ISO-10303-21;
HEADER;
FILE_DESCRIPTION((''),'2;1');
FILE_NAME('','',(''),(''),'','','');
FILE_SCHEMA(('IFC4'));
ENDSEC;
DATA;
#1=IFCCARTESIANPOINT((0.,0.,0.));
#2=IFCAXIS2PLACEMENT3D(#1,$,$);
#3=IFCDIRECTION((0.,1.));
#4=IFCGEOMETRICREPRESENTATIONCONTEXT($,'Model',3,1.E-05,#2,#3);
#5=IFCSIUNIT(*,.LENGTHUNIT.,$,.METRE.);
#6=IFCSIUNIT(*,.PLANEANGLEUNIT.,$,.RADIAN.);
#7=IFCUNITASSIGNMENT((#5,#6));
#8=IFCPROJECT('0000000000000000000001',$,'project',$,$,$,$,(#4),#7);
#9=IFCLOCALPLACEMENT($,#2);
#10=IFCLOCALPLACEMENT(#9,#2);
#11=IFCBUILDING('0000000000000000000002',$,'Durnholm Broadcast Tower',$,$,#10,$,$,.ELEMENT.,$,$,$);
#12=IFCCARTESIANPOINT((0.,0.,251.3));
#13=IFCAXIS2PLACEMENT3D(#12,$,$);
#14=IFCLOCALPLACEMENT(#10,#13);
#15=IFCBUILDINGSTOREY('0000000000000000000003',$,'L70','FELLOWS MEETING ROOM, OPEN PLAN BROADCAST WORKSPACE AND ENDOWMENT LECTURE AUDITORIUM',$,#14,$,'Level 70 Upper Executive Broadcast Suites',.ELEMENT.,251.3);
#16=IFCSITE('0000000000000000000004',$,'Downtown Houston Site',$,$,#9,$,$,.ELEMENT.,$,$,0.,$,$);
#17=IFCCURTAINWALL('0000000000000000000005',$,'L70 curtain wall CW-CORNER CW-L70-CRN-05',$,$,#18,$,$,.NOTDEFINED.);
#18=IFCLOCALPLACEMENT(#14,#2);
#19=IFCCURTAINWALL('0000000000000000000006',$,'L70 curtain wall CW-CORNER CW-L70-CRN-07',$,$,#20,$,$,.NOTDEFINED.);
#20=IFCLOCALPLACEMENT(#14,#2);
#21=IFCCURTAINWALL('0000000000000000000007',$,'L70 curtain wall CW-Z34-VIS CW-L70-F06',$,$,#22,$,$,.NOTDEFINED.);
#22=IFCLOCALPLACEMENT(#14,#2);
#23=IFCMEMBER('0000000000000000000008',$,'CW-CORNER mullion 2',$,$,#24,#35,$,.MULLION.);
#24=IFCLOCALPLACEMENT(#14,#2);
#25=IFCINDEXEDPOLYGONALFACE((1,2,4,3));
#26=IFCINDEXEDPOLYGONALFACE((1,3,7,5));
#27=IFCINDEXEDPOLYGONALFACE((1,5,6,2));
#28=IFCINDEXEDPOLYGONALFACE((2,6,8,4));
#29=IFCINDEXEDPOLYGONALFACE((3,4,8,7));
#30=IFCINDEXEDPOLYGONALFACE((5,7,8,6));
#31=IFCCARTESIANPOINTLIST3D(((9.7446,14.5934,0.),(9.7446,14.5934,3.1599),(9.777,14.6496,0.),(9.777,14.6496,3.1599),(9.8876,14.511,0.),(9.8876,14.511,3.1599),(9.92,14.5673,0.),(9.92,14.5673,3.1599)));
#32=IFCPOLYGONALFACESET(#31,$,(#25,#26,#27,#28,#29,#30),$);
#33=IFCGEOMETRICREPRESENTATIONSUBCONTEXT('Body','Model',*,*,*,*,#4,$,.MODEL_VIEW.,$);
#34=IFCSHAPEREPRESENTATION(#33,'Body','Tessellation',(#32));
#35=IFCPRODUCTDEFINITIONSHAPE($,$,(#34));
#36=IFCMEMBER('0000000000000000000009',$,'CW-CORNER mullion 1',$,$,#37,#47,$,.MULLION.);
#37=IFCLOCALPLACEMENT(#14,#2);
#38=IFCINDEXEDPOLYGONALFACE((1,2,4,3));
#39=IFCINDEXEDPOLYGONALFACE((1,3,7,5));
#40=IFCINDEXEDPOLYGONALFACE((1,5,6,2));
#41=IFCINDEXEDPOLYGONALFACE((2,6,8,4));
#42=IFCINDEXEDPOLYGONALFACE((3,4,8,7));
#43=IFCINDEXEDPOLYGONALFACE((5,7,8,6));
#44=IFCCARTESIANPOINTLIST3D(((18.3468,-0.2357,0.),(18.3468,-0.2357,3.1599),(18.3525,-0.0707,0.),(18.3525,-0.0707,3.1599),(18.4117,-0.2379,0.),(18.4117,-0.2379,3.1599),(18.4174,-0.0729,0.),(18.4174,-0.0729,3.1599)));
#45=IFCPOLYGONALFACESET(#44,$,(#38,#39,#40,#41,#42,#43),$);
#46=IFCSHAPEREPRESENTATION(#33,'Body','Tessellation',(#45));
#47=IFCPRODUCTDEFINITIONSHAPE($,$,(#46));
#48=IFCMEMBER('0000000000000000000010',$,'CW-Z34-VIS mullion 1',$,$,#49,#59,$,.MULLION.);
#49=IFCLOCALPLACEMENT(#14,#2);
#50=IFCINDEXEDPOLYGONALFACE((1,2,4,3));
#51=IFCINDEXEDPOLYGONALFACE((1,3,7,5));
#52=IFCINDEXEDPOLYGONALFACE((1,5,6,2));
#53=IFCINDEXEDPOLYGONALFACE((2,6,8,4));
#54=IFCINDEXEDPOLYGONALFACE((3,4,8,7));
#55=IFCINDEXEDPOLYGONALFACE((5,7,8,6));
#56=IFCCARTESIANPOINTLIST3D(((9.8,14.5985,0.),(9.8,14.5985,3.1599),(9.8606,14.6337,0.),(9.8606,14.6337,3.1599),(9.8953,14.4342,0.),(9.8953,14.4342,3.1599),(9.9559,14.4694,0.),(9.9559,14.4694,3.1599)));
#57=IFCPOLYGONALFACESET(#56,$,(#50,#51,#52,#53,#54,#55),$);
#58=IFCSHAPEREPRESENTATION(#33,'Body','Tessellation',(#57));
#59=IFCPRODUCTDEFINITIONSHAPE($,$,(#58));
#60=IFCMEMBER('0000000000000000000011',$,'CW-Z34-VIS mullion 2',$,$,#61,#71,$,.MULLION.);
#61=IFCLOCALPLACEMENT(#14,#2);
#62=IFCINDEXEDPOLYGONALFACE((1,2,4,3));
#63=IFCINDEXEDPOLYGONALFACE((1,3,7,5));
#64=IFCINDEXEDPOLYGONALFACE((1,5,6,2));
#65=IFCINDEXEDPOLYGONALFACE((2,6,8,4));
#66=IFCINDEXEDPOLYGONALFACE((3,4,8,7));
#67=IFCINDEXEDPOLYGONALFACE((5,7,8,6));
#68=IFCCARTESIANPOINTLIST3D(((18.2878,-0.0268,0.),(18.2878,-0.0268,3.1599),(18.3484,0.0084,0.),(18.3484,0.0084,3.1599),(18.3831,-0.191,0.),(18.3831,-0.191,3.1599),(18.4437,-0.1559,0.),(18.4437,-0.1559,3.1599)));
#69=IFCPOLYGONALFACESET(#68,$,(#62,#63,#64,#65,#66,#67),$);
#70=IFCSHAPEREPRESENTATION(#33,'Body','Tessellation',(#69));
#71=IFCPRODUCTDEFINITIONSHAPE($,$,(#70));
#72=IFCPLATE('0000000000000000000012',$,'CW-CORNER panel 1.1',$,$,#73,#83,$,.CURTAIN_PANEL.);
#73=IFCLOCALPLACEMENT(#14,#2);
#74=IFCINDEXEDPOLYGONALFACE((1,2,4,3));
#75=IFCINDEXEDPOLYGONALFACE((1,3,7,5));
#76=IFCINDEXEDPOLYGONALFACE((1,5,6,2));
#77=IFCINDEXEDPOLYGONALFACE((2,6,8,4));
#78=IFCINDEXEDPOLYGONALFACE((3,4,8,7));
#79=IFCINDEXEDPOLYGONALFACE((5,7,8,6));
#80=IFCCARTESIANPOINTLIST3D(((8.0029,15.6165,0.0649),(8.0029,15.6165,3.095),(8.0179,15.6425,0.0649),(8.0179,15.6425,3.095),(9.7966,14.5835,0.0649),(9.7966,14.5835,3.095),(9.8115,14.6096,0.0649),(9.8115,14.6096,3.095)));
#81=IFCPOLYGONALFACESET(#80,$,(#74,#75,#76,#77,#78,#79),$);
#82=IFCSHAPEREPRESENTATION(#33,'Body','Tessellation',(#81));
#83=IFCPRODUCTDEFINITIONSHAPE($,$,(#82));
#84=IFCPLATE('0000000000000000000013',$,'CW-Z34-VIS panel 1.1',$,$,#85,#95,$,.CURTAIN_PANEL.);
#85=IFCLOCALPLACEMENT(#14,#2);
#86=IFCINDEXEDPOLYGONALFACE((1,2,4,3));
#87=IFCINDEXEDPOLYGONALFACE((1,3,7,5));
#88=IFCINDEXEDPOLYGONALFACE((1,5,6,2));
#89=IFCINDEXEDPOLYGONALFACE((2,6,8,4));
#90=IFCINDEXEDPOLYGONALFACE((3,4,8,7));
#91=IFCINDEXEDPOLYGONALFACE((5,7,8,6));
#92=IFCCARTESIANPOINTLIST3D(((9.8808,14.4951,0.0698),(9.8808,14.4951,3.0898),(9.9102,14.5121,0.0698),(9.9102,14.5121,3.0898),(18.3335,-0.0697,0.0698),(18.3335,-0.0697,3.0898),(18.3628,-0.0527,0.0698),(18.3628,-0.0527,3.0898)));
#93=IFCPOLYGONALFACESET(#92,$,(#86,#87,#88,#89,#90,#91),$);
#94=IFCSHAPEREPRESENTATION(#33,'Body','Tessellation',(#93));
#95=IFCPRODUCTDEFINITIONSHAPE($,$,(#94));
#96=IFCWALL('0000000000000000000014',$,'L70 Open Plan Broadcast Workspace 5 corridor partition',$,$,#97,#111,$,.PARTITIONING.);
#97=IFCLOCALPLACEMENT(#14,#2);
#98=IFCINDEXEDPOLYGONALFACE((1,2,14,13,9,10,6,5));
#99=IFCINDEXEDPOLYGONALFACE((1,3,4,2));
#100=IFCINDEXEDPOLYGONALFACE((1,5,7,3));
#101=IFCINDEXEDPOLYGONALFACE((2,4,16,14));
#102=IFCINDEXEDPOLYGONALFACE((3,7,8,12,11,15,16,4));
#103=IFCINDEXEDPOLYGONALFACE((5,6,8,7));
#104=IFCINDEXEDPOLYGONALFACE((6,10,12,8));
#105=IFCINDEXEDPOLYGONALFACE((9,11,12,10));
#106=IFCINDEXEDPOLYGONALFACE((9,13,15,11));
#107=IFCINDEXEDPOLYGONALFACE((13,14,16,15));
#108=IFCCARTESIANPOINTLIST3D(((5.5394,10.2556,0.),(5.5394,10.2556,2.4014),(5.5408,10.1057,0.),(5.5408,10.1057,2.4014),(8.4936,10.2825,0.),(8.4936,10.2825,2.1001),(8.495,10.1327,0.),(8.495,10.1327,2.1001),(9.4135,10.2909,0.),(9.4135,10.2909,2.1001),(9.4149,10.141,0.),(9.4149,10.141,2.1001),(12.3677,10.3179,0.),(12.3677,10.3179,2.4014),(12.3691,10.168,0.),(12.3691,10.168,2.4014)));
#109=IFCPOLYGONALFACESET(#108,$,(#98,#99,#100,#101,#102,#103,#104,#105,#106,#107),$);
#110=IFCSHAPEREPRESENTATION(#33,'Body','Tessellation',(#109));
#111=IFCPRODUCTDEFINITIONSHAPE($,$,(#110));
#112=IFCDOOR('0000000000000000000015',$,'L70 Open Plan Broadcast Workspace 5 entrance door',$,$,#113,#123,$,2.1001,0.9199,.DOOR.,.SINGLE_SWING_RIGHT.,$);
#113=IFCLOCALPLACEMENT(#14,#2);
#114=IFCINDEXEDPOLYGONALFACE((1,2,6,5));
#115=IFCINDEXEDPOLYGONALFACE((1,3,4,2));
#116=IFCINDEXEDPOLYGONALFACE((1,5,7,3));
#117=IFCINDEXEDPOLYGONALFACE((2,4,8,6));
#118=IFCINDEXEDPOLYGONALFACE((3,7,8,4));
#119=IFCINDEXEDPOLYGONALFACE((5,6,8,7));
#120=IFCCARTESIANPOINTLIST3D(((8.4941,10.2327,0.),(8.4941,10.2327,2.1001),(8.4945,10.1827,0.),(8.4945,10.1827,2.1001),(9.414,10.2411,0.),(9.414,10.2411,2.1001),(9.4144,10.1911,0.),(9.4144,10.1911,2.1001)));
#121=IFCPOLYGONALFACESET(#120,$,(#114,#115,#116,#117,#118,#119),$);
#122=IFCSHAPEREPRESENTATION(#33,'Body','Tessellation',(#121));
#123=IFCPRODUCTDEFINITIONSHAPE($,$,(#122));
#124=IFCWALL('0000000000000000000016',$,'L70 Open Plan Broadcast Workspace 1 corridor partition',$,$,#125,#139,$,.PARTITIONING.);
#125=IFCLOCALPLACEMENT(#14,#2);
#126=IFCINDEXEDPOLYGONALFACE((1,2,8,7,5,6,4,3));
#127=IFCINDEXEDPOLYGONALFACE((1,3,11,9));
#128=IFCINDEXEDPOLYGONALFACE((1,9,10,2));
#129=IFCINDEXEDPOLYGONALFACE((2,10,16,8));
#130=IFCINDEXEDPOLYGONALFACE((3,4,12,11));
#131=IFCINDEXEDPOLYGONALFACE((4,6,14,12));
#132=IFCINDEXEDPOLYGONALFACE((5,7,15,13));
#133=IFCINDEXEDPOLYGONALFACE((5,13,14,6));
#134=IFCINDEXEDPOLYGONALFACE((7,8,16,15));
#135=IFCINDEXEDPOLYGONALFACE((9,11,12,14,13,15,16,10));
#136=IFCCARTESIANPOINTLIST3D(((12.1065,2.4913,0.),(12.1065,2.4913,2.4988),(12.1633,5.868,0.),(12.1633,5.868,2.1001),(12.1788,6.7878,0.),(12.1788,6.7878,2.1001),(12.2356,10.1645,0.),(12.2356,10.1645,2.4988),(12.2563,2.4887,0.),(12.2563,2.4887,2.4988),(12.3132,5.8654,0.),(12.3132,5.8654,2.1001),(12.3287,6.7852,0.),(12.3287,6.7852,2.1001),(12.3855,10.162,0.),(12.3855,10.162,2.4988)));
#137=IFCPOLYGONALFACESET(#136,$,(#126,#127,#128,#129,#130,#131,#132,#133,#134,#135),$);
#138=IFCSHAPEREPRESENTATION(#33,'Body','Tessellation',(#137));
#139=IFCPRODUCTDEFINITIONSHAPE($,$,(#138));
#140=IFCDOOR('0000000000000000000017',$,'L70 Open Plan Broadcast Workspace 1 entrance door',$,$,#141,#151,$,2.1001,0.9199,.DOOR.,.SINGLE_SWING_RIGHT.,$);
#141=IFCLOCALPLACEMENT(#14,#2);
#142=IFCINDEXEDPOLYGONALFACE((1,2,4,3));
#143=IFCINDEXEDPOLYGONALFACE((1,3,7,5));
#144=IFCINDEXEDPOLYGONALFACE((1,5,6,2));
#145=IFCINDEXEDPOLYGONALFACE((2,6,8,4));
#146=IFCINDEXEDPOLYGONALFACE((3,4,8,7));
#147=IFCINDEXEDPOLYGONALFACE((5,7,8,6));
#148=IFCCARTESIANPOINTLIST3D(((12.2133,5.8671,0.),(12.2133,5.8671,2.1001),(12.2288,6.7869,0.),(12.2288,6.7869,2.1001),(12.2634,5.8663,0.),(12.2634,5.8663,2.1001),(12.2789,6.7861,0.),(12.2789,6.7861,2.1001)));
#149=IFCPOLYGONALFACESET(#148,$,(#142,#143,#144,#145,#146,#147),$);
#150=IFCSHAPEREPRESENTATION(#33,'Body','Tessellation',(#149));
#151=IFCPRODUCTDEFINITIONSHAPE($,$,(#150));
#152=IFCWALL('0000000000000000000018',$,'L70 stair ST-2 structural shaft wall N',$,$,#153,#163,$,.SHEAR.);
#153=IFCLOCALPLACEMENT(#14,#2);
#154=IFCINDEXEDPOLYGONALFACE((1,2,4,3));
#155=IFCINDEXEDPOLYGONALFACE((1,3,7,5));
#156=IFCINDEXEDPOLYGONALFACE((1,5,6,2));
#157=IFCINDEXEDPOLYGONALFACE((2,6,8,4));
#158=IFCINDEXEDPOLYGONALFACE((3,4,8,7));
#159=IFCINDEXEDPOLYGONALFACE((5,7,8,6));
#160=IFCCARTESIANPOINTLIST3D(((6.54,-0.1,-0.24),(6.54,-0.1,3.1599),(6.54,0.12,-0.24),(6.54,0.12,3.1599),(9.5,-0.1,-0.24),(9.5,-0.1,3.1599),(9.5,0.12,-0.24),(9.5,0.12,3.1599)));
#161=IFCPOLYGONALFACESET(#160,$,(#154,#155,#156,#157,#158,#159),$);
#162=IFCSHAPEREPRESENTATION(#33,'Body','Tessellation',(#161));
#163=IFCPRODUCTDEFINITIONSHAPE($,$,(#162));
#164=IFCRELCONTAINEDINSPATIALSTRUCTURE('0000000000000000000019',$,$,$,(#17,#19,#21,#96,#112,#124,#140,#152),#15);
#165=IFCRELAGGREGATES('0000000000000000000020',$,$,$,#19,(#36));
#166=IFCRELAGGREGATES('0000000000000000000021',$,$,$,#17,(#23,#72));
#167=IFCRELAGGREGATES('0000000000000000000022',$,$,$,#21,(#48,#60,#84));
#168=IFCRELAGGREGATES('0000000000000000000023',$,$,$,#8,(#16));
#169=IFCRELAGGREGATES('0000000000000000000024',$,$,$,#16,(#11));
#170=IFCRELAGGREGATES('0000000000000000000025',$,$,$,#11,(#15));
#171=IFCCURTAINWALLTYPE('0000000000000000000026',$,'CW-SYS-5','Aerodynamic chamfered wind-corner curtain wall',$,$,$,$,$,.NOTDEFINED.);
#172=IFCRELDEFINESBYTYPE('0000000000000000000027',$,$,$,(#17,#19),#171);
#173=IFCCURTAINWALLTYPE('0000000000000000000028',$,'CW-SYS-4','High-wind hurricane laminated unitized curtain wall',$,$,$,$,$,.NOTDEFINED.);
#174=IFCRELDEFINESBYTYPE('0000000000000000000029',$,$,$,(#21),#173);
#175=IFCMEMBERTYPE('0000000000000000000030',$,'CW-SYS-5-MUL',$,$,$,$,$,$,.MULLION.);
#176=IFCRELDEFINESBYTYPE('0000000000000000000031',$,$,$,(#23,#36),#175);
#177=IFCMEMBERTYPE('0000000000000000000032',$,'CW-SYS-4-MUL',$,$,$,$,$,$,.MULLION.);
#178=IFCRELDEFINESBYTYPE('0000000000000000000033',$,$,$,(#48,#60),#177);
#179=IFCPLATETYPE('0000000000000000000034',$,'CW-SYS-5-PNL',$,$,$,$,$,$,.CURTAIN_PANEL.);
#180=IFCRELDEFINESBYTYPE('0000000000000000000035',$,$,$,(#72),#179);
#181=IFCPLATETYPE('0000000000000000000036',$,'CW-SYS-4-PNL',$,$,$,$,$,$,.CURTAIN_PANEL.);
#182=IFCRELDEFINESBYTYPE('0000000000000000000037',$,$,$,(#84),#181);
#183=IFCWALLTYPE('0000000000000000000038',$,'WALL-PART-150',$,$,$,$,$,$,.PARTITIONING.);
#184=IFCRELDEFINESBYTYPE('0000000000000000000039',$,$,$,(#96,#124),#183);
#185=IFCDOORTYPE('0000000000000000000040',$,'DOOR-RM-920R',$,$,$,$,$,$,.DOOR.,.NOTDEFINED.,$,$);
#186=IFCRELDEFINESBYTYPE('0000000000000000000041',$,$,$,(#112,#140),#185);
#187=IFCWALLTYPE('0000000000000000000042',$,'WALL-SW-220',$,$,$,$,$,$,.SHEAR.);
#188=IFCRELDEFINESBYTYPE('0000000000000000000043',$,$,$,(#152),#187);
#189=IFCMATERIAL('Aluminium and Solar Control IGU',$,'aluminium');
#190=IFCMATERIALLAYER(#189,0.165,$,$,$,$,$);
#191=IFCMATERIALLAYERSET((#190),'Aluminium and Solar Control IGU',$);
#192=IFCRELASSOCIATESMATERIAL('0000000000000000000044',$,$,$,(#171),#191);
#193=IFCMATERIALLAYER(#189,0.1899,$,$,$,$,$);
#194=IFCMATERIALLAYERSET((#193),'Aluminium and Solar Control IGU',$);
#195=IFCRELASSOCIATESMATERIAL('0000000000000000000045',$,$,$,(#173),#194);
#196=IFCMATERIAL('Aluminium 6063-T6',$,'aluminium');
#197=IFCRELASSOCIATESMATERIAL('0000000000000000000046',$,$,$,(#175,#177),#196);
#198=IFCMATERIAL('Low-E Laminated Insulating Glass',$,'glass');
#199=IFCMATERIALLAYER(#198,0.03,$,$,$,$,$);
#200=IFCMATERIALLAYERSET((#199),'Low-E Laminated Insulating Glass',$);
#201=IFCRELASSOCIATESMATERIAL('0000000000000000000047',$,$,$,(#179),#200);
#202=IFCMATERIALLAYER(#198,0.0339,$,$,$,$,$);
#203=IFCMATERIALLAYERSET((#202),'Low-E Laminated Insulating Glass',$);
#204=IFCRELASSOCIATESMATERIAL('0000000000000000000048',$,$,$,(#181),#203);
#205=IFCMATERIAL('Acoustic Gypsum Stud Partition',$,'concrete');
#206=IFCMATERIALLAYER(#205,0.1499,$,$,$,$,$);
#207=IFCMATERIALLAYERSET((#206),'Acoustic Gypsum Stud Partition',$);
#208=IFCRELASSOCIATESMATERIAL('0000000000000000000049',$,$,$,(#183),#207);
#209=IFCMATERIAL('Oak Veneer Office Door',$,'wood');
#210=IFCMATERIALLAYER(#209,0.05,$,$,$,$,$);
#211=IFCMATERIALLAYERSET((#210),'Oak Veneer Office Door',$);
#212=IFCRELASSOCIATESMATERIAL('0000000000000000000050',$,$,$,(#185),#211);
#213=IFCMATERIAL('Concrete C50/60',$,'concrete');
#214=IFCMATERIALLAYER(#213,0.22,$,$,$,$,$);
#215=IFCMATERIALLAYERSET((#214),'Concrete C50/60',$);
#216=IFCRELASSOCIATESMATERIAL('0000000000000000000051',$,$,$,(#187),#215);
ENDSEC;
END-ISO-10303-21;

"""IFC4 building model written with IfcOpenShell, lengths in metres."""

from ifc_helpers import new_model, si_unit, direction, frame, frame_2d, origin, origin_2d, place, context, subcontext, project, spatial, rectangle, extrude, source, transform, mapped, material, layer, layer_set, material_profile, profile_set, type_object, type_shapes, element, fill, aggregate, save


model = new_model("IFC4")

# Units and contexts
model_context = context("Model", 3, precision=1e-05, world=origin(), true_north=direction((0.0, 1.0)))
body_context = subcontext(model_context, "Body", "Model", "MODEL_VIEW")
ifc_project = project(units=[si_unit("LENGTHUNIT", "METRE"), si_unit("PLANEANGLEUNIT", "RADIAN")], contexts=[model_context])

# Site, building, storey
site_placement = place(None, origin())
site = spatial("IfcSite", under=ifc_project, at=site_placement, Name="Downtown Houston Site", CompositionType="ELEMENT", RefElevation=0.0)
building_placement = place(site_placement, origin())
building = spatial("IfcBuilding", under=site, at=building_placement, Name="Durnholm Broadcast Tower", CompositionType="ELEMENT")
storey_placement = place(building_placement, frame((0.0, 0.0, 251.3)))
storey = spatial("IfcBuildingStorey", under=building, at=storey_placement, Name="L70", Description="FELLOWS MEETING ROOM, OPEN PLAN BROADCAST WORKSPACE AND ENDOWMENT LECTURE AUDITORIUM", LongName="Level 70 Upper Executive Broadcast Suites", CompositionType="ELEMENT", Elevation=251.3)

# Curtain walls
ifc_material_1 = material(Name="Aluminium and Solar Control IGU", Category="aluminium")
ifc_layer_1 = layer(ifc_material_1, 0.165)
ifc_layer_set_1 = layer_set([ifc_layer_1], Name="Aluminium and Solar Control IGU")
curtain_wall_type_1 = type_object("IfcCurtainWallType", Name="CW-SYS-5", Description="Aerodynamic chamfered wind-corner curtain wall", PredefinedType="NOTDEFINED", material=ifc_layer_set_1)
curtain_wall_1_placement = place(storey_placement, origin())
curtain_wall_1 = element("IfcCurtainWall", 1, at=curtain_wall_1_placement, inside=storey, type_object=curtain_wall_type_1, Name="L70 curtain wall CW-CORNER CW-L70-CRN-05", PredefinedType="NOTDEFINED")
ifc_material_2 = material(Name="Aluminium 6063-T6", Category="aluminium")
curtain_wall_2_placement = place(storey_placement, origin())
curtain_wall_2 = element("IfcCurtainWall", 2, at=curtain_wall_2_placement, inside=storey, type_object=curtain_wall_type_1, Name="L70 curtain wall CW-CORNER CW-L70-CRN-07", PredefinedType="NOTDEFINED")
ifc_layer_2 = layer(ifc_material_1, 0.1899)
ifc_layer_set_2 = layer_set([ifc_layer_2], Name="Aluminium and Solar Control IGU")
curtain_wall_type_2 = type_object("IfcCurtainWallType", Name="CW-SYS-4", Description="High-wind hurricane laminated unitized curtain wall", PredefinedType="NOTDEFINED", material=ifc_layer_set_2)
curtain_wall_3_placement = place(storey_placement, origin())
curtain_wall_3 = element("IfcCurtainWall", 3, at=curtain_wall_3_placement, inside=storey, type_object=curtain_wall_type_2, Name="L70 curtain wall CW-Z34-VIS CW-L70-F06", PredefinedType="NOTDEFINED")

# Members
ifc_material_profile_1 = material_profile(ifc_material_2, rectangle(XDim=0.0649, YDim=0.165, at=origin_2d()), Name="CWM65X165")
ifc_profile_set_1 = profile_set([ifc_material_profile_1], Name="Aluminium 6063-T6")
member_type_1 = type_object("IfcMemberType", Name="CW-SYS-5-MUL", PredefinedType="MULLION", material=ifc_profile_set_1)
shared_shape_1 = source(origin(), body_context, "Body", "SweptSolid", [
    extrude(rectangle(XDim=0.0649, YDim=0.165, at=origin_2d()), origin(), (0.0, 0.0, 1.0), 3.1599),
])
type_shapes(member_type_1, [shared_shape_1])
member_1_placement = place(storey_placement, frame((9.8323, 14.5803, 0.0), z_axis=(0.0, 0.0, 1.0), x_axis=(0.499059, 0.866568, 0.0)))
member_1 = element("IfcMember", 4, at=member_1_placement, type_object=member_type_1, Name="CW-CORNER mullion 2", PredefinedType="MULLION", context=body_context, shape_type="MappedRepresentation", body=[
    mapped(shared_shape_1, transform((0.0, 0.0, 0.0), x_axis=(1.0, 0.0, 0.0), y_axis=(0.0, 1.0, 0.0), z_axis=(0.0, 0.0, 1.0), scale=1.0)),
])
member_2_placement = place(storey_placement, frame((18.3821, -0.1543, 0.0), z_axis=(0.0, 0.0, 1.0), x_axis=(0.999411, -0.034318, 0.0)))
member_2 = element("IfcMember", 5, at=member_2_placement, type_object=member_type_1, Name="CW-CORNER mullion 1", PredefinedType="MULLION", context=body_context, shape_type="MappedRepresentation", body=[
    mapped(shared_shape_1, transform((0.0, 0.0, 0.0), x_axis=(1.0, 0.0, 0.0), y_axis=(0.0, 1.0, 0.0), z_axis=(0.0, 0.0, 1.0), scale=1.0)),
])
aggregate(curtain_wall_2, [member_2])
ifc_material_profile_2 = material_profile(ifc_material_2, rectangle(XDim=0.0701, YDim=0.1899, at=origin_2d()), Name="CWM70X190")
ifc_profile_set_2 = profile_set([ifc_material_profile_2], Name="Aluminium 6063-T6")
member_type_2 = type_object("IfcMemberType", Name="CW-SYS-4-MUL", PredefinedType="MULLION", material=ifc_profile_set_2)
shared_shape_2 = source(origin(), body_context, "Body", "SweptSolid", [
    extrude(rectangle(XDim=0.0701, YDim=0.1899, at=origin_2d()), origin(), (0.0, 0.0, 1.0), 3.1599),
])
type_shapes(member_type_2, [shared_shape_2])
member_3_placement = place(storey_placement, frame((9.8779, 14.5339, 0.0), z_axis=(0.0, 0.0, 1.0), x_axis=(0.8649, 0.501944, 0.0)))
member_3 = element("IfcMember", 6, at=member_3_placement, type_object=member_type_2, Name="CW-Z34-VIS mullion 1", PredefinedType="MULLION", context=body_context, shape_type="MappedRepresentation", body=[
    mapped(shared_shape_2, transform((0.0, 0.0, 0.0), x_axis=(1.0, 0.0, 0.0), y_axis=(0.0, 1.0, 0.0), z_axis=(0.0, 0.0, 1.0), scale=1.0)),
])
member_4_placement = place(storey_placement, frame((18.3657, -0.0913, 0.0), z_axis=(0.0, 0.0, 1.0), x_axis=(0.8649, 0.501944, 0.0)))
member_4 = element("IfcMember", 7, at=member_4_placement, type_object=member_type_2, Name="CW-Z34-VIS mullion 2", PredefinedType="MULLION", context=body_context, shape_type="MappedRepresentation", body=[
    mapped(shared_shape_2, transform((0.0, 0.0, 0.0), x_axis=(1.0, 0.0, 0.0), y_axis=(0.0, 1.0, 0.0), z_axis=(0.0, 0.0, 1.0), scale=1.0)),
])

# Plates
ifc_material_3 = material(Name="Low-E Laminated Insulating Glass", Category="glass")
ifc_layer_3 = layer(ifc_material_3, 0.03)
ifc_layer_set_3 = layer_set([ifc_layer_3], Name="Low-E Laminated Insulating Glass")
plate_type_1 = type_object("IfcPlateType", Name="CW-SYS-5-PNL", PredefinedType="CURTAIN_PANEL", material=ifc_layer_set_3)
shared_shape_3 = source(origin(), body_context, "Body", "SweptSolid", [
    extrude(rectangle(XDim=2.0698, YDim=0.03, at=origin_2d()), origin(), (0.0, 0.0, 1.0), 3.03),
])
type_shapes(plate_type_1, [shared_shape_3])
plate_1_placement = place(storey_placement, frame((8.9072, 15.113, 0.0649), z_axis=(0.0, 0.0, 1.0), x_axis=(0.866568, -0.499059, 0.0)))
plate_1 = element("IfcPlate", 8, at=plate_1_placement, type_object=plate_type_1, Name="CW-CORNER panel 1.1", PredefinedType="CURTAIN_PANEL", context=body_context, shape_type="MappedRepresentation", body=[
    mapped(shared_shape_3, transform((0.0, 0.0, 0.0), x_axis=(1.0, 0.0, 0.0), y_axis=(0.0, 1.0, 0.0), z_axis=(0.0, 0.0, 1.0), scale=1.0)),
])
aggregate(curtain_wall_1, [member_1, plate_1])
ifc_layer_4 = layer(ifc_material_3, 0.0339)
ifc_layer_set_4 = layer_set([ifc_layer_4], Name="Low-E Laminated Insulating Glass")
plate_type_2 = type_object("IfcPlateType", Name="CW-SYS-4-PNL", PredefinedType="CURTAIN_PANEL", material=ifc_layer_set_4)
shared_shape_4 = source(origin(), body_context, "Body", "SweptSolid", [
    extrude(rectangle(XDim=16.8398, YDim=0.0339, at=origin_2d()), origin(), (0.0, 0.0, 1.0), 3.02),
])
type_shapes(plate_type_2, [shared_shape_4])
plate_2_placement = place(storey_placement, frame((14.1218, 7.2212, 0.0698), z_axis=(0.0, 0.0, 1.0), x_axis=(0.501944, -0.8649, 0.0)))
plate_2 = element("IfcPlate", 9, at=plate_2_placement, type_object=plate_type_2, Name="CW-Z34-VIS panel 1.1", PredefinedType="CURTAIN_PANEL", context=body_context, shape_type="MappedRepresentation", body=[
    mapped(shared_shape_4, transform((0.0, 0.0, 0.0), x_axis=(1.0, 0.0, 0.0), y_axis=(0.0, 1.0, 0.0), z_axis=(0.0, 0.0, 1.0), scale=1.0)),
])
aggregate(curtain_wall_3, [member_3, member_4, plate_2])

# Walls, openings, doors
ifc_material_4 = material(Name="Acoustic Gypsum Stud Partition", Category="concrete")
ifc_layer_5 = layer(ifc_material_4, 0.1499)
ifc_layer_set_5 = layer_set([ifc_layer_5], Name="Acoustic Gypsum Stud Partition")
wall_type_1 = type_object("IfcWallType", Name="WALL-PART-150", PredefinedType="PARTITIONING", material=ifc_layer_set_5)
wall_1_placement = place(storey_placement, frame((12.3684, 10.2429, 0.0), z_axis=(0.0, 0.0, 1.0), x_axis=(-0.999958, -0.009117, 0.0)))
wall_1 = element("IfcWall", 10, at=wall_1_placement, inside=storey, type_object=wall_type_1, Name="L70 Open Plan Broadcast Workspace 5 corridor partition", PredefinedType="PARTITIONING", context=body_context, shape_type="SweptSolid", body=[
    extrude(rectangle(XDim=6.8286, YDim=0.1499, at=frame_2d((3.4143, 0.0))), origin(), (0.0, 0.0, 1.0), 2.4014),
])
opening_1_placement = place(wall_1_placement, frame((2.9543, 0.0, 0.0)))
opening_1 = element("IfcOpeningElement", 11, at=opening_1_placement, cuts=wall_1, PredefinedType="OPENING", context=body_context, shape_type="SweptSolid", body=[
    extrude(rectangle(XDim=0.9199, YDim=2.1001, at=frame_2d((0.46, 1.05))), frame((0.0, 0.085, 0.0), z_axis=(0.0, -1.0, 0.0), x_axis=(1.0, 0.0, 0.0)), (0.0, 0.0, 1.0), 0.1699),
])
ifc_material_5 = material(Name="Oak Veneer Office Door", Category="wood")
ifc_layer_6 = layer(ifc_material_5, 0.05)
ifc_layer_set_6 = layer_set([ifc_layer_6], Name="Oak Veneer Office Door")
door_type = type_object("IfcDoorType", Name="DOOR-RM-920R", OperationType="NOTDEFINED", PredefinedType="DOOR", material=ifc_layer_set_6)
shared_shape_5 = source(origin(), body_context, "Body", "SweptSolid", [
    extrude(rectangle(XDim=0.9199, YDim=2.1001, at=frame_2d((0.46, 1.05))), frame((0.0, 0.0249, 0.0), z_axis=(0.0, -1.0, 0.0), x_axis=(1.0, 0.0, 0.0)), (0.0, 0.0, 1.0), 0.05),
])
type_shapes(door_type, [shared_shape_5])
door_1_placement = place(opening_1_placement, origin())
door_1 = element("IfcDoor", 12, at=door_1_placement, inside=storey, type_object=door_type, Name="L70 Open Plan Broadcast Workspace 5 entrance door", OperationType="SINGLE_SWING_RIGHT", OverallHeight=2.1001, OverallWidth=0.9199, PredefinedType="DOOR", context=body_context, shape_type="MappedRepresentation", body=[
    mapped(shared_shape_5, transform((0.0, 0.0, 0.0), x_axis=(1.0, 0.0, 0.0), y_axis=(0.0, 1.0, 0.0), z_axis=(0.0, 0.0, 1.0), scale=1.0)),
])
fill(opening_1, door_1)
wall_2_placement = place(storey_placement, frame((12.1814, 2.49, 0.0), z_axis=(0.0, 0.0, 1.0), x_axis=(0.016829, 0.999858, 0.0)))
wall_2 = element("IfcWall", 13, at=wall_2_placement, inside=storey, type_object=wall_type_1, Name="L70 Open Plan Broadcast Workspace 1 corridor partition", PredefinedType="PARTITIONING", context=body_context, shape_type="SweptSolid", body=[
    extrude(rectangle(XDim=7.6743, YDim=0.1499, at=frame_2d((3.8372, 0.0))), origin(), (0.0, 0.0, 1.0), 2.4988),
])
opening_2_placement = place(wall_2_placement, frame((3.3772, 0.0, 0.0)))
opening_2 = element("IfcOpeningElement", 14, at=opening_2_placement, cuts=wall_2, PredefinedType="OPENING", context=body_context, shape_type="SweptSolid", body=[
    extrude(rectangle(XDim=0.9199, YDim=2.1001, at=frame_2d((0.46, 1.05))), frame((0.0, 0.085, 0.0), z_axis=(0.0, -1.0, 0.0), x_axis=(1.0, 0.0, 0.0)), (0.0, 0.0, 1.0), 0.1699),
])
door_2_placement = place(opening_2_placement, origin())
door_2 = element("IfcDoor", 15, at=door_2_placement, inside=storey, type_object=door_type, Name="L70 Open Plan Broadcast Workspace 1 entrance door", OperationType="SINGLE_SWING_RIGHT", OverallHeight=2.1001, OverallWidth=0.9199, PredefinedType="DOOR", context=body_context, shape_type="MappedRepresentation", body=[
    mapped(shared_shape_5, transform((0.0, 0.0, 0.0), x_axis=(1.0, 0.0, 0.0), y_axis=(0.0, 1.0, 0.0), z_axis=(0.0, 0.0, 1.0), scale=1.0)),
])
fill(opening_2, door_2)

# Wall
ifc_material_6 = material(Name="Concrete C50/60", Category="concrete")
ifc_layer_7 = layer(ifc_material_6, 0.22)
ifc_layer_set_7 = layer_set([ifc_layer_7], Name="Concrete C50/60")
wall_type_2 = type_object("IfcWallType", Name="WALL-SW-220", PredefinedType="SHEAR", material=ifc_layer_set_7)
wall_3_placement = place(storey_placement, frame((9.5, 0.01, -0.24), z_axis=(0.0, 0.0, 1.0), x_axis=(-1.0, 0.0, 0.0)))
element("IfcWall", 16, at=wall_3_placement, inside=storey, type_object=wall_type_2, Name="L70 stair ST-2 structural shaft wall N", PredefinedType="SHEAR", context=body_context, shape_type="SweptSolid", body=[
    extrude(rectangle(XDim=2.96, YDim=0.22, at=frame_2d((1.48, 0.0))), origin(), (0.0, 0.0, 1.0), 3.3999),
])

save(model, "model.ifc")
